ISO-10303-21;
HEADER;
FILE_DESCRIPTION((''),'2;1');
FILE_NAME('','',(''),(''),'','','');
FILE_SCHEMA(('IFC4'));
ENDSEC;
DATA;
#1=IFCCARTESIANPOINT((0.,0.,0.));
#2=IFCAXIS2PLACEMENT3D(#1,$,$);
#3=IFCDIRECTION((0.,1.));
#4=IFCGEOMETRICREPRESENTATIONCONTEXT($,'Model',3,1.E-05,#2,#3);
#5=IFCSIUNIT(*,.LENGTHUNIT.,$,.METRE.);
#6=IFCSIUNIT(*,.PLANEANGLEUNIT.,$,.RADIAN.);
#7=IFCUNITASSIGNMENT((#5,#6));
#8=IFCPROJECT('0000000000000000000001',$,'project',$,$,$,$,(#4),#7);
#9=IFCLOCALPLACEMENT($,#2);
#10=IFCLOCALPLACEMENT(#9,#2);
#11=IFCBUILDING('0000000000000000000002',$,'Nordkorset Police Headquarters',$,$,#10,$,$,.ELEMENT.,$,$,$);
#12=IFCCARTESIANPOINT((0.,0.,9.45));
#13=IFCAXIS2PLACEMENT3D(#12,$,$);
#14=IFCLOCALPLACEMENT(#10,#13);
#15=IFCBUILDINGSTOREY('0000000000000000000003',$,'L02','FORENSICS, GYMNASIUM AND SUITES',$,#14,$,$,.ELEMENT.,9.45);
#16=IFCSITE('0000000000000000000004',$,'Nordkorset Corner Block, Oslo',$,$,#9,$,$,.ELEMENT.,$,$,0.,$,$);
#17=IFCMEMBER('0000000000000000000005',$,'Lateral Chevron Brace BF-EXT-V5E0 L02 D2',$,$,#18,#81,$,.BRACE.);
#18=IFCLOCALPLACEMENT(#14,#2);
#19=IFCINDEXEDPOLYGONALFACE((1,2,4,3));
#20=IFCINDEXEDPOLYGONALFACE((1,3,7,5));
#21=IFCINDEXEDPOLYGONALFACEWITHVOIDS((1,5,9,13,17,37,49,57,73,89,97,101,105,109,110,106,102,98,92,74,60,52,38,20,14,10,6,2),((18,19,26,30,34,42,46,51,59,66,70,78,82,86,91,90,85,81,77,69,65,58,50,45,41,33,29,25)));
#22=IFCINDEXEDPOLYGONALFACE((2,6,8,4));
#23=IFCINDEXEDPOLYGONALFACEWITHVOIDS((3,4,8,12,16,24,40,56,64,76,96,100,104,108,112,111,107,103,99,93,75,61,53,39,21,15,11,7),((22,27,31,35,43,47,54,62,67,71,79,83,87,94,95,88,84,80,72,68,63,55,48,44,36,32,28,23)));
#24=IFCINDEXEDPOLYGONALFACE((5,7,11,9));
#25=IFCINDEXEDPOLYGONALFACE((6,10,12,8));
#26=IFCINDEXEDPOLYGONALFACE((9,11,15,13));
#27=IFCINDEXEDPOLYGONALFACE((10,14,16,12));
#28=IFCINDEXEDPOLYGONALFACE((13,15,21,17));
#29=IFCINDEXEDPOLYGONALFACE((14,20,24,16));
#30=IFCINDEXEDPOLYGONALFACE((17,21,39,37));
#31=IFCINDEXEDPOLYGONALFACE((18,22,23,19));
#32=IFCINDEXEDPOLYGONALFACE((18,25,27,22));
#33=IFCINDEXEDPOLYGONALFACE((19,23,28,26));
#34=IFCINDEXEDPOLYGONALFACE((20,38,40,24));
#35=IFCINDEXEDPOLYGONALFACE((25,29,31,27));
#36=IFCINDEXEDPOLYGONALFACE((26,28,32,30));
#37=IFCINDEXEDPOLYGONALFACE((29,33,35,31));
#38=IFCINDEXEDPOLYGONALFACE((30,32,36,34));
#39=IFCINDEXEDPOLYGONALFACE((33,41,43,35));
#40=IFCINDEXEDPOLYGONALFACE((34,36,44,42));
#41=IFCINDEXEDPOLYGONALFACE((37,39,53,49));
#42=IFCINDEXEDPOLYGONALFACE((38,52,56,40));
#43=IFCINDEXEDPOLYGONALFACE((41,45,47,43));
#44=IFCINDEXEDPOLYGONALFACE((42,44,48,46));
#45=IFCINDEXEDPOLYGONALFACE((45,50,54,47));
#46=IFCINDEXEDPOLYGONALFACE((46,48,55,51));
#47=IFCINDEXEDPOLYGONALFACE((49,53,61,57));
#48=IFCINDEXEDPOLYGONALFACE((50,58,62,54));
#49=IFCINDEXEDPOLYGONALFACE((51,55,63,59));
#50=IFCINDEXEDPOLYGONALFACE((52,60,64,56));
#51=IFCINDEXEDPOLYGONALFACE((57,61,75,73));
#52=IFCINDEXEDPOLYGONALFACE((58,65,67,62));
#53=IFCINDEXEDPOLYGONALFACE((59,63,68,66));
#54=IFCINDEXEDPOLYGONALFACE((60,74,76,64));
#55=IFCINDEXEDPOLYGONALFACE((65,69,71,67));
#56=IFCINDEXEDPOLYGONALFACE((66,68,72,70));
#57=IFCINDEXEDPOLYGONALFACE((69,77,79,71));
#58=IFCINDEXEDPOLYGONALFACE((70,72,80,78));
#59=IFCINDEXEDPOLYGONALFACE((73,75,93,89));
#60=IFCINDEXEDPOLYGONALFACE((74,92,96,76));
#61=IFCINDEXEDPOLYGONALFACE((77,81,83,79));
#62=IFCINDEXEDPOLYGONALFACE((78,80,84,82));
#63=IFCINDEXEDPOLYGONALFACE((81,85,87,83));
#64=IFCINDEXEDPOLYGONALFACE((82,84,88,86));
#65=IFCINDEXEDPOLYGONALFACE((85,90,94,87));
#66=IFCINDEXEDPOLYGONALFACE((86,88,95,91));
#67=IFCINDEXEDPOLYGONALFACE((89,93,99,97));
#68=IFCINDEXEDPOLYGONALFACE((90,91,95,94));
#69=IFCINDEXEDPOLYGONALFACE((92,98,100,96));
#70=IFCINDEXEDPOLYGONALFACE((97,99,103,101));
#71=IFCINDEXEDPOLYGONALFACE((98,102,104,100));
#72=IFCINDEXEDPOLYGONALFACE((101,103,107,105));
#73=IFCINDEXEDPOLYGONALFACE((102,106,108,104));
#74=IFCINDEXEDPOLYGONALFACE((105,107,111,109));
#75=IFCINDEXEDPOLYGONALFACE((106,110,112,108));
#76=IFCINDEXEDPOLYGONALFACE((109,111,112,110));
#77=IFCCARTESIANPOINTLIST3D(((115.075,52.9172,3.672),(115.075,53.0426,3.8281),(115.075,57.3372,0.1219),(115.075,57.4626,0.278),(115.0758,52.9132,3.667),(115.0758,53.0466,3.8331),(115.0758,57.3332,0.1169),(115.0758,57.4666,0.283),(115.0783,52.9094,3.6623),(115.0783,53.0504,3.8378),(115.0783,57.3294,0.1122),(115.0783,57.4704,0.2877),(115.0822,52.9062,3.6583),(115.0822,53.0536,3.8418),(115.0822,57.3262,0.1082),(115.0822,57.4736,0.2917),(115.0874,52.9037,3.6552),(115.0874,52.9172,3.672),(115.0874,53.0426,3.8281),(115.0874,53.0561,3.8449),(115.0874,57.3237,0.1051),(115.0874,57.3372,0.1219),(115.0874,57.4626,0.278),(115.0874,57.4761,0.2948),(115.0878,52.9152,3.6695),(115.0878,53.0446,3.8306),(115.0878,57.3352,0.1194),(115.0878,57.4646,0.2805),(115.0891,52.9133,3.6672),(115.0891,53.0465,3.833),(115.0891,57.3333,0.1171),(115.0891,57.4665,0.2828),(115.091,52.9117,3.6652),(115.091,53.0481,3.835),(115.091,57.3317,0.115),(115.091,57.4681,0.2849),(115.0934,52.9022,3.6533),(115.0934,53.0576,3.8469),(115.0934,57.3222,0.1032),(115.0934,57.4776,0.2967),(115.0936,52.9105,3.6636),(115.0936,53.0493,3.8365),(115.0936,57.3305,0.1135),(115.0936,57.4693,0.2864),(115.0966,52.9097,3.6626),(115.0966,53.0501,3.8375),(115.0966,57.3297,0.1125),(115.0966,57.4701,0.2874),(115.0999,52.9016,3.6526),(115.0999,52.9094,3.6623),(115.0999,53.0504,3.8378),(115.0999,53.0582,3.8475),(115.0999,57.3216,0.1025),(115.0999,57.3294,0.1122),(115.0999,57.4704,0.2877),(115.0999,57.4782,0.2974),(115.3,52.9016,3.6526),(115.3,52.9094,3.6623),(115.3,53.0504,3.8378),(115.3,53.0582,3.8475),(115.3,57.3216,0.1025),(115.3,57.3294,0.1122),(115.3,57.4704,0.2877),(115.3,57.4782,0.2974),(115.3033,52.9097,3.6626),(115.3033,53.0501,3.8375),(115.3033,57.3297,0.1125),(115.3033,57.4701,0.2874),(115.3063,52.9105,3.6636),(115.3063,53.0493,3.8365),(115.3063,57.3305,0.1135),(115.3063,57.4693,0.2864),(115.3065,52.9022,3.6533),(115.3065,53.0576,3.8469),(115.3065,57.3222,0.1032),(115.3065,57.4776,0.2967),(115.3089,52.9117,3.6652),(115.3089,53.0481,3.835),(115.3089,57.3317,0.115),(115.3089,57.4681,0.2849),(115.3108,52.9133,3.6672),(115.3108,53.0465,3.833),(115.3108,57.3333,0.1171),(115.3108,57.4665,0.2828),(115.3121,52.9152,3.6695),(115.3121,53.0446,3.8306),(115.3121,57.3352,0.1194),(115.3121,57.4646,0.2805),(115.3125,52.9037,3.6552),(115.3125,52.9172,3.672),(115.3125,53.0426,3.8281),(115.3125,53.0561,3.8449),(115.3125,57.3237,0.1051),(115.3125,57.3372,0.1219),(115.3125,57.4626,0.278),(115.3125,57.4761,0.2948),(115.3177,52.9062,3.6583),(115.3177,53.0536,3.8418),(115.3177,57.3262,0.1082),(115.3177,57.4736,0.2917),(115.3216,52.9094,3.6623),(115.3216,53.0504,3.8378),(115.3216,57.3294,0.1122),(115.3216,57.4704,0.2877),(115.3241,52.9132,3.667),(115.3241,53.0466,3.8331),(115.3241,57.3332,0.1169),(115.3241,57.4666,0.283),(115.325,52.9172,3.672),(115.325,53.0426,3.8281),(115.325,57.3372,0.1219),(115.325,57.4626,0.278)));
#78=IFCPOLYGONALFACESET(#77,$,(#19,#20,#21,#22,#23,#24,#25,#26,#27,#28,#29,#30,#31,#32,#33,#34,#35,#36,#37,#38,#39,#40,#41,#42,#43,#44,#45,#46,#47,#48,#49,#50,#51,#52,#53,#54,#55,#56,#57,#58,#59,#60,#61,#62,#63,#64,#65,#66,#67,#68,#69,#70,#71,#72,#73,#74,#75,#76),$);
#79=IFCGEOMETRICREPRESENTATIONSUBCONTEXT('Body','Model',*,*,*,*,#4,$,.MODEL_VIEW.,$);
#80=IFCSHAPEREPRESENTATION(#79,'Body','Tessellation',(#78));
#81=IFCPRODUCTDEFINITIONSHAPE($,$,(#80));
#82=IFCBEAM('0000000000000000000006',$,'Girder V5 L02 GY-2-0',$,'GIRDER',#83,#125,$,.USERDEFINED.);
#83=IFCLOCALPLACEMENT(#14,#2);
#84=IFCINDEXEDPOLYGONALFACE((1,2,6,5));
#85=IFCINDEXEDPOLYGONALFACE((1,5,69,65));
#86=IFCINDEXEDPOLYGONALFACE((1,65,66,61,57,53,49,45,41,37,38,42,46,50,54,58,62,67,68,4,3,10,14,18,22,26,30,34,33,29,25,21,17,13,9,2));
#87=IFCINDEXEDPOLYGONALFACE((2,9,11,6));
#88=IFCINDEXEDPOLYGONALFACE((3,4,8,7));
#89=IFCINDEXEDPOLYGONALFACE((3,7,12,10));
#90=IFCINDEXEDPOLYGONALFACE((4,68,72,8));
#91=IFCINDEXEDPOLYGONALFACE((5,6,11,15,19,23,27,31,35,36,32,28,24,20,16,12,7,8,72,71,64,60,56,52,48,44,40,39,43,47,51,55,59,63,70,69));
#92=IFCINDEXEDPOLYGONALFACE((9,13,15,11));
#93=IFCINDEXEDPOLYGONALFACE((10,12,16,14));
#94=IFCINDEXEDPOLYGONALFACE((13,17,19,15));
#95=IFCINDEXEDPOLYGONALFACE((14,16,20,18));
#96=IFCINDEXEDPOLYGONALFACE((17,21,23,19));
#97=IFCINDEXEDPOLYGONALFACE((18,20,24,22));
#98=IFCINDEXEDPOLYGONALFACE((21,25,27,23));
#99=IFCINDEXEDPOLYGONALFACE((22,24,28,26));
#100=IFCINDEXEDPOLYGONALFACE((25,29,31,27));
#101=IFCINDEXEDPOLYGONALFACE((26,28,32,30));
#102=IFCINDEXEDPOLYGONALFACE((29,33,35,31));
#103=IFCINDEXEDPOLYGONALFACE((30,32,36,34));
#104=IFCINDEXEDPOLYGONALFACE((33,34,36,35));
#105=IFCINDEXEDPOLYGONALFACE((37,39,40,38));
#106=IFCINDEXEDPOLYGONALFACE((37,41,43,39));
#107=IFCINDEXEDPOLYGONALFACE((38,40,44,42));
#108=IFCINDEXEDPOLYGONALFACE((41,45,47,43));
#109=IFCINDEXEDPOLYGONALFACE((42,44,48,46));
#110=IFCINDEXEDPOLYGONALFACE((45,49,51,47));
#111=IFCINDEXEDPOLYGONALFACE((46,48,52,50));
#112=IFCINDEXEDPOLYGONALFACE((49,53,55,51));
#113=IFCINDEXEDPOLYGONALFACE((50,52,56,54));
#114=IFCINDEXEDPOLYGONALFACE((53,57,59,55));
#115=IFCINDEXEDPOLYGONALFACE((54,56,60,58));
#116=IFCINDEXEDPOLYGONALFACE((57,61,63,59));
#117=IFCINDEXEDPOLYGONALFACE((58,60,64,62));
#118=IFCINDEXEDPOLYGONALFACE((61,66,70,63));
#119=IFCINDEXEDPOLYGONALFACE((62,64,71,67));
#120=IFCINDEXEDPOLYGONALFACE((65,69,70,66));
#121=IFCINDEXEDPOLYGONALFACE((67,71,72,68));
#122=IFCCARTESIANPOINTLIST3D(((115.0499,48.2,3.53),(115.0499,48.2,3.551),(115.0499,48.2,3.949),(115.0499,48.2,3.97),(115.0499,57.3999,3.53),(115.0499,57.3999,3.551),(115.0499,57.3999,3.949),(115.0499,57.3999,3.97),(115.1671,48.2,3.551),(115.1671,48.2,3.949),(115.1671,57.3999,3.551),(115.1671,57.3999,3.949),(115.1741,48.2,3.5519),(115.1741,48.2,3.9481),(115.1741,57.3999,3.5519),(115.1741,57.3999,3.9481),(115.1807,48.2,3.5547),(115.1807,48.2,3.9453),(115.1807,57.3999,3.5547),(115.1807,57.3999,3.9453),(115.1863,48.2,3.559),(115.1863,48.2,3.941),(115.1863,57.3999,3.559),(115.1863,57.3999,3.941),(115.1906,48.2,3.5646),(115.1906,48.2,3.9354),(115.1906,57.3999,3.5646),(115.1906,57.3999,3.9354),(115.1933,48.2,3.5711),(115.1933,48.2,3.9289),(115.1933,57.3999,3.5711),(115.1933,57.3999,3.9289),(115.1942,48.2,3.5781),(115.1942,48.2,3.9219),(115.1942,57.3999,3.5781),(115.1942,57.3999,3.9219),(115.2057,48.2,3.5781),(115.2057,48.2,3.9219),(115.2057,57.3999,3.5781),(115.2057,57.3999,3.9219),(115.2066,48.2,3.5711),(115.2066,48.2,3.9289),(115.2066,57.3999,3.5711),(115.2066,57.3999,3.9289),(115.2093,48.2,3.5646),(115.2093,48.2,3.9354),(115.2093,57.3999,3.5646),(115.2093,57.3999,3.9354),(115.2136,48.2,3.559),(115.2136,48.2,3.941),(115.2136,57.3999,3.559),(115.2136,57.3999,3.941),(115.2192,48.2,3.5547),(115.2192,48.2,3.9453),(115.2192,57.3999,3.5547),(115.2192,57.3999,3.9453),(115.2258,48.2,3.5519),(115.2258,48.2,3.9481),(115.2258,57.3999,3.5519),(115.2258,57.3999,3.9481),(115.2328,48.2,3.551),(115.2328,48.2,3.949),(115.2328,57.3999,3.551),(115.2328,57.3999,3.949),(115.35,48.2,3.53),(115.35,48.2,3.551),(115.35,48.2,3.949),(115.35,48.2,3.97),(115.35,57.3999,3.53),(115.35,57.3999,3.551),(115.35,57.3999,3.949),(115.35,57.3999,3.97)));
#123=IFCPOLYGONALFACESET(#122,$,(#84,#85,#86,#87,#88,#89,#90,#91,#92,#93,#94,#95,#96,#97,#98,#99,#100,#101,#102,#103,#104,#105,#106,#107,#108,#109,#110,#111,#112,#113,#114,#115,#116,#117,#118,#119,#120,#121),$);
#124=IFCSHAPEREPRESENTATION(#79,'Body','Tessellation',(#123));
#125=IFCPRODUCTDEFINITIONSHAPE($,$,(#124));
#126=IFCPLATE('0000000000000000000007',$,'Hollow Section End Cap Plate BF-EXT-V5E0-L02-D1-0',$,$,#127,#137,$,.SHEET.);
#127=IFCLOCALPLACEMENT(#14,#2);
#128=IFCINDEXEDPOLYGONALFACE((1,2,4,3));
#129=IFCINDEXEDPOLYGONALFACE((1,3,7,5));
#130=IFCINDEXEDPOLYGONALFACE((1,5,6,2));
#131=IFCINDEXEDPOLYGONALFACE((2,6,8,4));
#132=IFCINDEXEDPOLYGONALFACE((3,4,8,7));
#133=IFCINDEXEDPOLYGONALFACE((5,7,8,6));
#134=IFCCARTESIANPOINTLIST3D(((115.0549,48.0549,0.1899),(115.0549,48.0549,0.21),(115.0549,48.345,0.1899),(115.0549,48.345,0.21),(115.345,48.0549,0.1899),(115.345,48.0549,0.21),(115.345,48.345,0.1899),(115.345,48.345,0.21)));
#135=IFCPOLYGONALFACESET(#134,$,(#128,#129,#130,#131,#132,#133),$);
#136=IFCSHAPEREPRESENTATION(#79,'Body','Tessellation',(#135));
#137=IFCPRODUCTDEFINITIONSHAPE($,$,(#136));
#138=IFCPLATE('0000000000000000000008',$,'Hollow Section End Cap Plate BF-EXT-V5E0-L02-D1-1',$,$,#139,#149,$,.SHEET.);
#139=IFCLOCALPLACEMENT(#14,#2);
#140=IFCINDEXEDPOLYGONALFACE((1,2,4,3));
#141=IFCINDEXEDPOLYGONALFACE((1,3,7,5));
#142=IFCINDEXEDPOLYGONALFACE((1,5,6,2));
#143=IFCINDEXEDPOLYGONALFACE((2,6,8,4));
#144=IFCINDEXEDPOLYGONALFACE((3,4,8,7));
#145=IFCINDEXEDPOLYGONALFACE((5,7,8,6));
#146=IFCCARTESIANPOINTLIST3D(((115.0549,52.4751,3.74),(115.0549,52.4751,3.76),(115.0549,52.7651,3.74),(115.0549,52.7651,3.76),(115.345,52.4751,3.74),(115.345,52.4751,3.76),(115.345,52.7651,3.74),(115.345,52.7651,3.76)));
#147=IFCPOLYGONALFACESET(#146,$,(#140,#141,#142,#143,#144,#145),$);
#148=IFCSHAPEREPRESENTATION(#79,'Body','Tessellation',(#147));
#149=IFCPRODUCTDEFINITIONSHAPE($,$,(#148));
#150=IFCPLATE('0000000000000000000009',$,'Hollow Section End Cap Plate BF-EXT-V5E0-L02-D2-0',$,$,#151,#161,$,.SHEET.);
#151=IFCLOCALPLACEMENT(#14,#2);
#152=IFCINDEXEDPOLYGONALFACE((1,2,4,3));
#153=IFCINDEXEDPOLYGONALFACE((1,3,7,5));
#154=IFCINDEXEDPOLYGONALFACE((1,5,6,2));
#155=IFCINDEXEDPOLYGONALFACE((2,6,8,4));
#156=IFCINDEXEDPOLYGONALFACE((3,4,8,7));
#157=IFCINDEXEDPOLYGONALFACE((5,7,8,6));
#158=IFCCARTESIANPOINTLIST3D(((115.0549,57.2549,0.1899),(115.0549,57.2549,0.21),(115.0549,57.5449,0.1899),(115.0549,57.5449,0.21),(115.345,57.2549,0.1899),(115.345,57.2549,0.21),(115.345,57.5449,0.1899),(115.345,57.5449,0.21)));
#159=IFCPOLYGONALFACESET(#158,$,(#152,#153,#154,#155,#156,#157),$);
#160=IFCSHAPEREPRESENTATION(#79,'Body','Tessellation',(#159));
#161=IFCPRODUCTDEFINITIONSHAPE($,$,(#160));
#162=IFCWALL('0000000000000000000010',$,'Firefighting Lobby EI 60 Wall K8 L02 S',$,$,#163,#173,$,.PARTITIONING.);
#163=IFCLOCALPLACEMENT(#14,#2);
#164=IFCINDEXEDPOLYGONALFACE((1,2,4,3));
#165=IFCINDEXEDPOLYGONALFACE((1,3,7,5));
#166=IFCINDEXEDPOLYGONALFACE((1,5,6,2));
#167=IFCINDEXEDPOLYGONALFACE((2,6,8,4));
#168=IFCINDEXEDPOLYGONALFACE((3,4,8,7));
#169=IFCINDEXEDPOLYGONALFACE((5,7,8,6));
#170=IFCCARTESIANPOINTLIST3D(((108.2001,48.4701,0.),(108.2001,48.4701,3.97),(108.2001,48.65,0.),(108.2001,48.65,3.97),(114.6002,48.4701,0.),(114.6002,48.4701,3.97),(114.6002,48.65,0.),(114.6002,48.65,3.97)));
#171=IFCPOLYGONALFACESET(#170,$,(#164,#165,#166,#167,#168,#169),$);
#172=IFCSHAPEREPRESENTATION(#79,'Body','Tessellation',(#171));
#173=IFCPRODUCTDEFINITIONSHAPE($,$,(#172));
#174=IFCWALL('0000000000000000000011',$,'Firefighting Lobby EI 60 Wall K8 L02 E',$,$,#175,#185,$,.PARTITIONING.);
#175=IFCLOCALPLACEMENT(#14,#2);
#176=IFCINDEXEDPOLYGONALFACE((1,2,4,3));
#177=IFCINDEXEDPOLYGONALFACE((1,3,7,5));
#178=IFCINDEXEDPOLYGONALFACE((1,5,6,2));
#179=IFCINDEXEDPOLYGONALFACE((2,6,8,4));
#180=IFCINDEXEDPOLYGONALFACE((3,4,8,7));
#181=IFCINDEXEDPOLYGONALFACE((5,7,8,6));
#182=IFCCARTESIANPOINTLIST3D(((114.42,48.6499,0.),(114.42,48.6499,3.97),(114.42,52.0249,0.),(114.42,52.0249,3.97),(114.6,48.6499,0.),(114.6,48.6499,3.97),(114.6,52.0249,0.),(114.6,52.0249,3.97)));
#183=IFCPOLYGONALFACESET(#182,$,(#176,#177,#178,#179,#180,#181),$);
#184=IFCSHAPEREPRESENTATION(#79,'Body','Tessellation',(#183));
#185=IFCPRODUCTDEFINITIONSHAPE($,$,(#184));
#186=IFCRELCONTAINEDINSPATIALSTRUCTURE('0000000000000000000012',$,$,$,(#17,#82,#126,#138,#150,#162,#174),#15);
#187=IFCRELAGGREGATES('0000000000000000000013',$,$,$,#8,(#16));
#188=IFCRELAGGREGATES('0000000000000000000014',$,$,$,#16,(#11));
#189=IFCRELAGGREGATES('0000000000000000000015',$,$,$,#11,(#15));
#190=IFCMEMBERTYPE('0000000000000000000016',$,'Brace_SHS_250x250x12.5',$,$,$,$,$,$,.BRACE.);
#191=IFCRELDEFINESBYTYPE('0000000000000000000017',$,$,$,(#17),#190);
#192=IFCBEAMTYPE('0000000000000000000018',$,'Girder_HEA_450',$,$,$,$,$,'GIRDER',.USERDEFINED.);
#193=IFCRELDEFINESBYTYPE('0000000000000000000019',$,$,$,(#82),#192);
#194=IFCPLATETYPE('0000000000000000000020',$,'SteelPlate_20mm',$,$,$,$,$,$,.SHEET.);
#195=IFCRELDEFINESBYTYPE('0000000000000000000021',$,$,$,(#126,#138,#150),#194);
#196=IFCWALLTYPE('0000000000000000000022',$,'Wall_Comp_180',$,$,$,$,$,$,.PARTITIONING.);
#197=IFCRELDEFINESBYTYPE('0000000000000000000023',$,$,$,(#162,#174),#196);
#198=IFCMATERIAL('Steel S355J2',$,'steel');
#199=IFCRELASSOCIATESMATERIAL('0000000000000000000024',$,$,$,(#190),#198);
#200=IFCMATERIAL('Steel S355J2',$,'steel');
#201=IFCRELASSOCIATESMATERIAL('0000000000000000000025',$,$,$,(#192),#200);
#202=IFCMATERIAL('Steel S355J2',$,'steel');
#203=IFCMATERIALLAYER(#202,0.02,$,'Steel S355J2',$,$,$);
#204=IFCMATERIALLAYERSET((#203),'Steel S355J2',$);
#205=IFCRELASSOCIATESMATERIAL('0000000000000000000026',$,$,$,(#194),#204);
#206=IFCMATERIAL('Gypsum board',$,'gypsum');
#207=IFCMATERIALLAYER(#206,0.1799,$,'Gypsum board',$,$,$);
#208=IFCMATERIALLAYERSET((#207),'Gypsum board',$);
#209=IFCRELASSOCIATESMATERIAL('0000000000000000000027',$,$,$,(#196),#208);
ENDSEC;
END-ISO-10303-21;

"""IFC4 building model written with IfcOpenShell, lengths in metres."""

from ifc_helpers import new_model, si_unit, direction, frame, frame_2d, origin, origin_2d, place, context, subcontext, project, spatial, rectangle, hollow_rectangle, i_section, extrude, material, layer, layer_set, material_profile, profile_set, type_object, element, save


model = new_model("IFC4")

# Units and contexts
model_context = context("Model", 3, precision=1e-05, world=origin(), true_north=direction((0.0, 1.0)))
body_context = subcontext(model_context, "Body", "Model", "MODEL_VIEW")
ifc_project = project(units=[si_unit("LENGTHUNIT", "METRE"), si_unit("PLANEANGLEUNIT", "RADIAN")], contexts=[model_context])

# Site, building, storey
site_placement = place(None, origin())
site = spatial("IfcSite", under=ifc_project, at=site_placement, Name="Nordkorset Corner Block, Oslo", CompositionType="ELEMENT", RefElevation=0.0)
building_placement = place(site_placement, origin())
building = spatial("IfcBuilding", under=site, at=building_placement, Name="Nordkorset Police Headquarters", CompositionType="ELEMENT")
storey_placement = place(building_placement, frame((0.0, 0.0, 9.45)))
storey = spatial("IfcBuildingStorey", under=building, at=storey_placement, Name="L02", Description="FORENSICS, GYMNASIUM AND SUITES", CompositionType="ELEMENT", Elevation=9.45)

# Member
ifc_material_1 = material(Name="Steel S355J2", Category="steel")
ifc_material_profile_1 = material_profile(ifc_material_1, hollow_rectangle(XDim=0.25, YDim=0.25, WallThickness=0.0125, InnerFilletRadius=0.0125, OuterFilletRadius=0.0249, at=origin_2d()), Name="SHS 250x250x12.5")
ifc_profile_set_1 = profile_set([ifc_material_profile_1], Name="Steel S355J2")
member_type = type_object("IfcMemberType", Name="Brace_SHS_250x250x12.5", PredefinedType="BRACE", material=ifc_profile_set_1)
for number, where, z_axis, x_axis, name in (
    (1, (115.2, 57.3999, 0.2), (0.0, -0.779653, 0.626212), (1.0, 0.0, 0.0), "Lateral Chevron Brace BF-EXT-V5E0 L02 D2"),
):
    element("IfcMember", number, at=place(storey_placement, frame(where, z_axis=z_axis, x_axis=x_axis)), inside=storey, type_object=member_type, Name=name, PredefinedType="BRACE", context=body_context, shape_type="SweptSolid", body=[
        extrude(hollow_rectangle(XDim=0.25, YDim=0.25, WallThickness=0.0125, InnerFilletRadius=0.0125, OuterFilletRadius=0.0249, at=origin_2d()), origin(), (0.0, 0.0, 1.0), 5.6692),
    ])

# Beam
ifc_material_2 = material(Name="Steel S355J2", Category="steel")
ifc_material_profile_2 = material_profile(ifc_material_2, i_section(OverallWidth=0.3, OverallDepth=0.4399, WebThickness=0.0115, FlangeThickness=0.021, FilletRadius=0.0271, at=origin_2d()), Name="HEA 450")
ifc_profile_set_2 = profile_set([ifc_material_profile_2], Name="Steel S355J2")
beam_type = type_object("IfcBeamType", Name="Girder_HEA_450", ElementType="GIRDER", PredefinedType="USERDEFINED", material=ifc_profile_set_2)
beam_placement = place(storey_placement, frame((115.2, 48.2, 3.75), z_axis=(0.0, 1.0, 0.0), x_axis=(-1.0, 0.0, 0.0)))
element("IfcBeam", 2, at=beam_placement, inside=storey, type_object=beam_type, Name="Girder V5 L02 GY-2-0", ObjectType="GIRDER", PredefinedType="USERDEFINED", context=body_context, shape_type="SweptSolid", body=[
    extrude(i_section(OverallWidth=0.3, OverallDepth=0.4399, WebThickness=0.0115, FlangeThickness=0.021, FilletRadius=0.0271, at=origin_2d()), origin(), (0.0, 0.0, 1.0), 9.2),
])

# Plates
ifc_material_3 = material(Name="Steel S355J2", Category="steel")
ifc_layer_1 = layer(ifc_material_3, 0.02, Name="Steel S355J2")
ifc_layer_set_1 = layer_set([ifc_layer_1], Name="Steel S355J2")
plate_type = type_object("IfcPlateType", Name="SteelPlate_20mm", PredefinedType="SHEET", material=ifc_layer_set_1)
for number, where, z_axis, x_axis, name in (
    (3, (115.2, 48.2, 0.1899), (0.0, 0.0, 1.0), (1.0, 0.0, 0.0), "Hollow Section End Cap Plate BF-EXT-V5E0-L02-D1-0"),
    (4, (115.2, 52.6201, 3.74), (0.0, 0.0, 1.0), (1.0, 0.0, 0.0), "Hollow Section End Cap Plate BF-EXT-V5E0-L02-D1-1"),
    (5, (115.2, 57.3999, 0.1899), (0.0, 0.0, 1.0), (1.0, 0.0, 0.0), "Hollow Section End Cap Plate BF-EXT-V5E0-L02-D2-0"),
):
    element("IfcPlate", number, at=place(storey_placement, frame(where, z_axis=z_axis, x_axis=x_axis)), inside=storey, type_object=plate_type, Name=name, PredefinedType="SHEET", context=body_context, shape_type="SweptSolid", body=[
        extrude(rectangle(XDim=0.29, YDim=0.29, at=origin_2d()), origin(), (0.0, 0.0, 1.0), 0.02),
    ])

# Wall
ifc_material_4 = material(Name="Gypsum board", Category="gypsum")
ifc_layer_2 = layer(ifc_material_4, 0.1799, Name="Gypsum board")
ifc_layer_set_2 = layer_set([ifc_layer_2], Name="Gypsum board")
wall_type_1 = type_object("IfcWallType", Name="Wall_Comp_180", PredefinedType="PARTITIONING", material=ifc_layer_set_2)
wall_1_placement = place(storey_placement, frame((108.2, 48.5601, 0.0), z_axis=(0.0, 0.0, 1.0), x_axis=(1.0, 0.0, 0.0)))
element("IfcWall", 6, at=wall_1_placement, inside=storey, type_object=wall_type_1, Name="Firefighting Lobby EI 60 Wall K8 L02 S", PredefinedType="PARTITIONING", context=body_context, shape_type="SweptSolid", body=[
    extrude(rectangle(XDim=6.4001, YDim=0.1799, at=frame_2d((3.2002, 0.0))), origin(), (0.0, 0.0, 1.0), 3.97),
])

# Wall
wall_2_placement = place(storey_placement, frame((114.51, 48.6499, 0.0), z_axis=(0.0, 0.0, 1.0), x_axis=(0.0, 1.0, 0.0)))
element("IfcWall", 7, at=wall_2_placement, inside=storey, type_object=wall_type_1, Name="Firefighting Lobby EI 60 Wall K8 L02 E", PredefinedType="PARTITIONING", context=body_context, shape_type="SweptSolid", body=[
    extrude(rectangle(XDim=3.375, YDim=0.1799, at=frame_2d((1.6875, 0.0))), origin(), (0.0, 0.0, 1.0), 3.97),
])

save(model, "model.ifc")
